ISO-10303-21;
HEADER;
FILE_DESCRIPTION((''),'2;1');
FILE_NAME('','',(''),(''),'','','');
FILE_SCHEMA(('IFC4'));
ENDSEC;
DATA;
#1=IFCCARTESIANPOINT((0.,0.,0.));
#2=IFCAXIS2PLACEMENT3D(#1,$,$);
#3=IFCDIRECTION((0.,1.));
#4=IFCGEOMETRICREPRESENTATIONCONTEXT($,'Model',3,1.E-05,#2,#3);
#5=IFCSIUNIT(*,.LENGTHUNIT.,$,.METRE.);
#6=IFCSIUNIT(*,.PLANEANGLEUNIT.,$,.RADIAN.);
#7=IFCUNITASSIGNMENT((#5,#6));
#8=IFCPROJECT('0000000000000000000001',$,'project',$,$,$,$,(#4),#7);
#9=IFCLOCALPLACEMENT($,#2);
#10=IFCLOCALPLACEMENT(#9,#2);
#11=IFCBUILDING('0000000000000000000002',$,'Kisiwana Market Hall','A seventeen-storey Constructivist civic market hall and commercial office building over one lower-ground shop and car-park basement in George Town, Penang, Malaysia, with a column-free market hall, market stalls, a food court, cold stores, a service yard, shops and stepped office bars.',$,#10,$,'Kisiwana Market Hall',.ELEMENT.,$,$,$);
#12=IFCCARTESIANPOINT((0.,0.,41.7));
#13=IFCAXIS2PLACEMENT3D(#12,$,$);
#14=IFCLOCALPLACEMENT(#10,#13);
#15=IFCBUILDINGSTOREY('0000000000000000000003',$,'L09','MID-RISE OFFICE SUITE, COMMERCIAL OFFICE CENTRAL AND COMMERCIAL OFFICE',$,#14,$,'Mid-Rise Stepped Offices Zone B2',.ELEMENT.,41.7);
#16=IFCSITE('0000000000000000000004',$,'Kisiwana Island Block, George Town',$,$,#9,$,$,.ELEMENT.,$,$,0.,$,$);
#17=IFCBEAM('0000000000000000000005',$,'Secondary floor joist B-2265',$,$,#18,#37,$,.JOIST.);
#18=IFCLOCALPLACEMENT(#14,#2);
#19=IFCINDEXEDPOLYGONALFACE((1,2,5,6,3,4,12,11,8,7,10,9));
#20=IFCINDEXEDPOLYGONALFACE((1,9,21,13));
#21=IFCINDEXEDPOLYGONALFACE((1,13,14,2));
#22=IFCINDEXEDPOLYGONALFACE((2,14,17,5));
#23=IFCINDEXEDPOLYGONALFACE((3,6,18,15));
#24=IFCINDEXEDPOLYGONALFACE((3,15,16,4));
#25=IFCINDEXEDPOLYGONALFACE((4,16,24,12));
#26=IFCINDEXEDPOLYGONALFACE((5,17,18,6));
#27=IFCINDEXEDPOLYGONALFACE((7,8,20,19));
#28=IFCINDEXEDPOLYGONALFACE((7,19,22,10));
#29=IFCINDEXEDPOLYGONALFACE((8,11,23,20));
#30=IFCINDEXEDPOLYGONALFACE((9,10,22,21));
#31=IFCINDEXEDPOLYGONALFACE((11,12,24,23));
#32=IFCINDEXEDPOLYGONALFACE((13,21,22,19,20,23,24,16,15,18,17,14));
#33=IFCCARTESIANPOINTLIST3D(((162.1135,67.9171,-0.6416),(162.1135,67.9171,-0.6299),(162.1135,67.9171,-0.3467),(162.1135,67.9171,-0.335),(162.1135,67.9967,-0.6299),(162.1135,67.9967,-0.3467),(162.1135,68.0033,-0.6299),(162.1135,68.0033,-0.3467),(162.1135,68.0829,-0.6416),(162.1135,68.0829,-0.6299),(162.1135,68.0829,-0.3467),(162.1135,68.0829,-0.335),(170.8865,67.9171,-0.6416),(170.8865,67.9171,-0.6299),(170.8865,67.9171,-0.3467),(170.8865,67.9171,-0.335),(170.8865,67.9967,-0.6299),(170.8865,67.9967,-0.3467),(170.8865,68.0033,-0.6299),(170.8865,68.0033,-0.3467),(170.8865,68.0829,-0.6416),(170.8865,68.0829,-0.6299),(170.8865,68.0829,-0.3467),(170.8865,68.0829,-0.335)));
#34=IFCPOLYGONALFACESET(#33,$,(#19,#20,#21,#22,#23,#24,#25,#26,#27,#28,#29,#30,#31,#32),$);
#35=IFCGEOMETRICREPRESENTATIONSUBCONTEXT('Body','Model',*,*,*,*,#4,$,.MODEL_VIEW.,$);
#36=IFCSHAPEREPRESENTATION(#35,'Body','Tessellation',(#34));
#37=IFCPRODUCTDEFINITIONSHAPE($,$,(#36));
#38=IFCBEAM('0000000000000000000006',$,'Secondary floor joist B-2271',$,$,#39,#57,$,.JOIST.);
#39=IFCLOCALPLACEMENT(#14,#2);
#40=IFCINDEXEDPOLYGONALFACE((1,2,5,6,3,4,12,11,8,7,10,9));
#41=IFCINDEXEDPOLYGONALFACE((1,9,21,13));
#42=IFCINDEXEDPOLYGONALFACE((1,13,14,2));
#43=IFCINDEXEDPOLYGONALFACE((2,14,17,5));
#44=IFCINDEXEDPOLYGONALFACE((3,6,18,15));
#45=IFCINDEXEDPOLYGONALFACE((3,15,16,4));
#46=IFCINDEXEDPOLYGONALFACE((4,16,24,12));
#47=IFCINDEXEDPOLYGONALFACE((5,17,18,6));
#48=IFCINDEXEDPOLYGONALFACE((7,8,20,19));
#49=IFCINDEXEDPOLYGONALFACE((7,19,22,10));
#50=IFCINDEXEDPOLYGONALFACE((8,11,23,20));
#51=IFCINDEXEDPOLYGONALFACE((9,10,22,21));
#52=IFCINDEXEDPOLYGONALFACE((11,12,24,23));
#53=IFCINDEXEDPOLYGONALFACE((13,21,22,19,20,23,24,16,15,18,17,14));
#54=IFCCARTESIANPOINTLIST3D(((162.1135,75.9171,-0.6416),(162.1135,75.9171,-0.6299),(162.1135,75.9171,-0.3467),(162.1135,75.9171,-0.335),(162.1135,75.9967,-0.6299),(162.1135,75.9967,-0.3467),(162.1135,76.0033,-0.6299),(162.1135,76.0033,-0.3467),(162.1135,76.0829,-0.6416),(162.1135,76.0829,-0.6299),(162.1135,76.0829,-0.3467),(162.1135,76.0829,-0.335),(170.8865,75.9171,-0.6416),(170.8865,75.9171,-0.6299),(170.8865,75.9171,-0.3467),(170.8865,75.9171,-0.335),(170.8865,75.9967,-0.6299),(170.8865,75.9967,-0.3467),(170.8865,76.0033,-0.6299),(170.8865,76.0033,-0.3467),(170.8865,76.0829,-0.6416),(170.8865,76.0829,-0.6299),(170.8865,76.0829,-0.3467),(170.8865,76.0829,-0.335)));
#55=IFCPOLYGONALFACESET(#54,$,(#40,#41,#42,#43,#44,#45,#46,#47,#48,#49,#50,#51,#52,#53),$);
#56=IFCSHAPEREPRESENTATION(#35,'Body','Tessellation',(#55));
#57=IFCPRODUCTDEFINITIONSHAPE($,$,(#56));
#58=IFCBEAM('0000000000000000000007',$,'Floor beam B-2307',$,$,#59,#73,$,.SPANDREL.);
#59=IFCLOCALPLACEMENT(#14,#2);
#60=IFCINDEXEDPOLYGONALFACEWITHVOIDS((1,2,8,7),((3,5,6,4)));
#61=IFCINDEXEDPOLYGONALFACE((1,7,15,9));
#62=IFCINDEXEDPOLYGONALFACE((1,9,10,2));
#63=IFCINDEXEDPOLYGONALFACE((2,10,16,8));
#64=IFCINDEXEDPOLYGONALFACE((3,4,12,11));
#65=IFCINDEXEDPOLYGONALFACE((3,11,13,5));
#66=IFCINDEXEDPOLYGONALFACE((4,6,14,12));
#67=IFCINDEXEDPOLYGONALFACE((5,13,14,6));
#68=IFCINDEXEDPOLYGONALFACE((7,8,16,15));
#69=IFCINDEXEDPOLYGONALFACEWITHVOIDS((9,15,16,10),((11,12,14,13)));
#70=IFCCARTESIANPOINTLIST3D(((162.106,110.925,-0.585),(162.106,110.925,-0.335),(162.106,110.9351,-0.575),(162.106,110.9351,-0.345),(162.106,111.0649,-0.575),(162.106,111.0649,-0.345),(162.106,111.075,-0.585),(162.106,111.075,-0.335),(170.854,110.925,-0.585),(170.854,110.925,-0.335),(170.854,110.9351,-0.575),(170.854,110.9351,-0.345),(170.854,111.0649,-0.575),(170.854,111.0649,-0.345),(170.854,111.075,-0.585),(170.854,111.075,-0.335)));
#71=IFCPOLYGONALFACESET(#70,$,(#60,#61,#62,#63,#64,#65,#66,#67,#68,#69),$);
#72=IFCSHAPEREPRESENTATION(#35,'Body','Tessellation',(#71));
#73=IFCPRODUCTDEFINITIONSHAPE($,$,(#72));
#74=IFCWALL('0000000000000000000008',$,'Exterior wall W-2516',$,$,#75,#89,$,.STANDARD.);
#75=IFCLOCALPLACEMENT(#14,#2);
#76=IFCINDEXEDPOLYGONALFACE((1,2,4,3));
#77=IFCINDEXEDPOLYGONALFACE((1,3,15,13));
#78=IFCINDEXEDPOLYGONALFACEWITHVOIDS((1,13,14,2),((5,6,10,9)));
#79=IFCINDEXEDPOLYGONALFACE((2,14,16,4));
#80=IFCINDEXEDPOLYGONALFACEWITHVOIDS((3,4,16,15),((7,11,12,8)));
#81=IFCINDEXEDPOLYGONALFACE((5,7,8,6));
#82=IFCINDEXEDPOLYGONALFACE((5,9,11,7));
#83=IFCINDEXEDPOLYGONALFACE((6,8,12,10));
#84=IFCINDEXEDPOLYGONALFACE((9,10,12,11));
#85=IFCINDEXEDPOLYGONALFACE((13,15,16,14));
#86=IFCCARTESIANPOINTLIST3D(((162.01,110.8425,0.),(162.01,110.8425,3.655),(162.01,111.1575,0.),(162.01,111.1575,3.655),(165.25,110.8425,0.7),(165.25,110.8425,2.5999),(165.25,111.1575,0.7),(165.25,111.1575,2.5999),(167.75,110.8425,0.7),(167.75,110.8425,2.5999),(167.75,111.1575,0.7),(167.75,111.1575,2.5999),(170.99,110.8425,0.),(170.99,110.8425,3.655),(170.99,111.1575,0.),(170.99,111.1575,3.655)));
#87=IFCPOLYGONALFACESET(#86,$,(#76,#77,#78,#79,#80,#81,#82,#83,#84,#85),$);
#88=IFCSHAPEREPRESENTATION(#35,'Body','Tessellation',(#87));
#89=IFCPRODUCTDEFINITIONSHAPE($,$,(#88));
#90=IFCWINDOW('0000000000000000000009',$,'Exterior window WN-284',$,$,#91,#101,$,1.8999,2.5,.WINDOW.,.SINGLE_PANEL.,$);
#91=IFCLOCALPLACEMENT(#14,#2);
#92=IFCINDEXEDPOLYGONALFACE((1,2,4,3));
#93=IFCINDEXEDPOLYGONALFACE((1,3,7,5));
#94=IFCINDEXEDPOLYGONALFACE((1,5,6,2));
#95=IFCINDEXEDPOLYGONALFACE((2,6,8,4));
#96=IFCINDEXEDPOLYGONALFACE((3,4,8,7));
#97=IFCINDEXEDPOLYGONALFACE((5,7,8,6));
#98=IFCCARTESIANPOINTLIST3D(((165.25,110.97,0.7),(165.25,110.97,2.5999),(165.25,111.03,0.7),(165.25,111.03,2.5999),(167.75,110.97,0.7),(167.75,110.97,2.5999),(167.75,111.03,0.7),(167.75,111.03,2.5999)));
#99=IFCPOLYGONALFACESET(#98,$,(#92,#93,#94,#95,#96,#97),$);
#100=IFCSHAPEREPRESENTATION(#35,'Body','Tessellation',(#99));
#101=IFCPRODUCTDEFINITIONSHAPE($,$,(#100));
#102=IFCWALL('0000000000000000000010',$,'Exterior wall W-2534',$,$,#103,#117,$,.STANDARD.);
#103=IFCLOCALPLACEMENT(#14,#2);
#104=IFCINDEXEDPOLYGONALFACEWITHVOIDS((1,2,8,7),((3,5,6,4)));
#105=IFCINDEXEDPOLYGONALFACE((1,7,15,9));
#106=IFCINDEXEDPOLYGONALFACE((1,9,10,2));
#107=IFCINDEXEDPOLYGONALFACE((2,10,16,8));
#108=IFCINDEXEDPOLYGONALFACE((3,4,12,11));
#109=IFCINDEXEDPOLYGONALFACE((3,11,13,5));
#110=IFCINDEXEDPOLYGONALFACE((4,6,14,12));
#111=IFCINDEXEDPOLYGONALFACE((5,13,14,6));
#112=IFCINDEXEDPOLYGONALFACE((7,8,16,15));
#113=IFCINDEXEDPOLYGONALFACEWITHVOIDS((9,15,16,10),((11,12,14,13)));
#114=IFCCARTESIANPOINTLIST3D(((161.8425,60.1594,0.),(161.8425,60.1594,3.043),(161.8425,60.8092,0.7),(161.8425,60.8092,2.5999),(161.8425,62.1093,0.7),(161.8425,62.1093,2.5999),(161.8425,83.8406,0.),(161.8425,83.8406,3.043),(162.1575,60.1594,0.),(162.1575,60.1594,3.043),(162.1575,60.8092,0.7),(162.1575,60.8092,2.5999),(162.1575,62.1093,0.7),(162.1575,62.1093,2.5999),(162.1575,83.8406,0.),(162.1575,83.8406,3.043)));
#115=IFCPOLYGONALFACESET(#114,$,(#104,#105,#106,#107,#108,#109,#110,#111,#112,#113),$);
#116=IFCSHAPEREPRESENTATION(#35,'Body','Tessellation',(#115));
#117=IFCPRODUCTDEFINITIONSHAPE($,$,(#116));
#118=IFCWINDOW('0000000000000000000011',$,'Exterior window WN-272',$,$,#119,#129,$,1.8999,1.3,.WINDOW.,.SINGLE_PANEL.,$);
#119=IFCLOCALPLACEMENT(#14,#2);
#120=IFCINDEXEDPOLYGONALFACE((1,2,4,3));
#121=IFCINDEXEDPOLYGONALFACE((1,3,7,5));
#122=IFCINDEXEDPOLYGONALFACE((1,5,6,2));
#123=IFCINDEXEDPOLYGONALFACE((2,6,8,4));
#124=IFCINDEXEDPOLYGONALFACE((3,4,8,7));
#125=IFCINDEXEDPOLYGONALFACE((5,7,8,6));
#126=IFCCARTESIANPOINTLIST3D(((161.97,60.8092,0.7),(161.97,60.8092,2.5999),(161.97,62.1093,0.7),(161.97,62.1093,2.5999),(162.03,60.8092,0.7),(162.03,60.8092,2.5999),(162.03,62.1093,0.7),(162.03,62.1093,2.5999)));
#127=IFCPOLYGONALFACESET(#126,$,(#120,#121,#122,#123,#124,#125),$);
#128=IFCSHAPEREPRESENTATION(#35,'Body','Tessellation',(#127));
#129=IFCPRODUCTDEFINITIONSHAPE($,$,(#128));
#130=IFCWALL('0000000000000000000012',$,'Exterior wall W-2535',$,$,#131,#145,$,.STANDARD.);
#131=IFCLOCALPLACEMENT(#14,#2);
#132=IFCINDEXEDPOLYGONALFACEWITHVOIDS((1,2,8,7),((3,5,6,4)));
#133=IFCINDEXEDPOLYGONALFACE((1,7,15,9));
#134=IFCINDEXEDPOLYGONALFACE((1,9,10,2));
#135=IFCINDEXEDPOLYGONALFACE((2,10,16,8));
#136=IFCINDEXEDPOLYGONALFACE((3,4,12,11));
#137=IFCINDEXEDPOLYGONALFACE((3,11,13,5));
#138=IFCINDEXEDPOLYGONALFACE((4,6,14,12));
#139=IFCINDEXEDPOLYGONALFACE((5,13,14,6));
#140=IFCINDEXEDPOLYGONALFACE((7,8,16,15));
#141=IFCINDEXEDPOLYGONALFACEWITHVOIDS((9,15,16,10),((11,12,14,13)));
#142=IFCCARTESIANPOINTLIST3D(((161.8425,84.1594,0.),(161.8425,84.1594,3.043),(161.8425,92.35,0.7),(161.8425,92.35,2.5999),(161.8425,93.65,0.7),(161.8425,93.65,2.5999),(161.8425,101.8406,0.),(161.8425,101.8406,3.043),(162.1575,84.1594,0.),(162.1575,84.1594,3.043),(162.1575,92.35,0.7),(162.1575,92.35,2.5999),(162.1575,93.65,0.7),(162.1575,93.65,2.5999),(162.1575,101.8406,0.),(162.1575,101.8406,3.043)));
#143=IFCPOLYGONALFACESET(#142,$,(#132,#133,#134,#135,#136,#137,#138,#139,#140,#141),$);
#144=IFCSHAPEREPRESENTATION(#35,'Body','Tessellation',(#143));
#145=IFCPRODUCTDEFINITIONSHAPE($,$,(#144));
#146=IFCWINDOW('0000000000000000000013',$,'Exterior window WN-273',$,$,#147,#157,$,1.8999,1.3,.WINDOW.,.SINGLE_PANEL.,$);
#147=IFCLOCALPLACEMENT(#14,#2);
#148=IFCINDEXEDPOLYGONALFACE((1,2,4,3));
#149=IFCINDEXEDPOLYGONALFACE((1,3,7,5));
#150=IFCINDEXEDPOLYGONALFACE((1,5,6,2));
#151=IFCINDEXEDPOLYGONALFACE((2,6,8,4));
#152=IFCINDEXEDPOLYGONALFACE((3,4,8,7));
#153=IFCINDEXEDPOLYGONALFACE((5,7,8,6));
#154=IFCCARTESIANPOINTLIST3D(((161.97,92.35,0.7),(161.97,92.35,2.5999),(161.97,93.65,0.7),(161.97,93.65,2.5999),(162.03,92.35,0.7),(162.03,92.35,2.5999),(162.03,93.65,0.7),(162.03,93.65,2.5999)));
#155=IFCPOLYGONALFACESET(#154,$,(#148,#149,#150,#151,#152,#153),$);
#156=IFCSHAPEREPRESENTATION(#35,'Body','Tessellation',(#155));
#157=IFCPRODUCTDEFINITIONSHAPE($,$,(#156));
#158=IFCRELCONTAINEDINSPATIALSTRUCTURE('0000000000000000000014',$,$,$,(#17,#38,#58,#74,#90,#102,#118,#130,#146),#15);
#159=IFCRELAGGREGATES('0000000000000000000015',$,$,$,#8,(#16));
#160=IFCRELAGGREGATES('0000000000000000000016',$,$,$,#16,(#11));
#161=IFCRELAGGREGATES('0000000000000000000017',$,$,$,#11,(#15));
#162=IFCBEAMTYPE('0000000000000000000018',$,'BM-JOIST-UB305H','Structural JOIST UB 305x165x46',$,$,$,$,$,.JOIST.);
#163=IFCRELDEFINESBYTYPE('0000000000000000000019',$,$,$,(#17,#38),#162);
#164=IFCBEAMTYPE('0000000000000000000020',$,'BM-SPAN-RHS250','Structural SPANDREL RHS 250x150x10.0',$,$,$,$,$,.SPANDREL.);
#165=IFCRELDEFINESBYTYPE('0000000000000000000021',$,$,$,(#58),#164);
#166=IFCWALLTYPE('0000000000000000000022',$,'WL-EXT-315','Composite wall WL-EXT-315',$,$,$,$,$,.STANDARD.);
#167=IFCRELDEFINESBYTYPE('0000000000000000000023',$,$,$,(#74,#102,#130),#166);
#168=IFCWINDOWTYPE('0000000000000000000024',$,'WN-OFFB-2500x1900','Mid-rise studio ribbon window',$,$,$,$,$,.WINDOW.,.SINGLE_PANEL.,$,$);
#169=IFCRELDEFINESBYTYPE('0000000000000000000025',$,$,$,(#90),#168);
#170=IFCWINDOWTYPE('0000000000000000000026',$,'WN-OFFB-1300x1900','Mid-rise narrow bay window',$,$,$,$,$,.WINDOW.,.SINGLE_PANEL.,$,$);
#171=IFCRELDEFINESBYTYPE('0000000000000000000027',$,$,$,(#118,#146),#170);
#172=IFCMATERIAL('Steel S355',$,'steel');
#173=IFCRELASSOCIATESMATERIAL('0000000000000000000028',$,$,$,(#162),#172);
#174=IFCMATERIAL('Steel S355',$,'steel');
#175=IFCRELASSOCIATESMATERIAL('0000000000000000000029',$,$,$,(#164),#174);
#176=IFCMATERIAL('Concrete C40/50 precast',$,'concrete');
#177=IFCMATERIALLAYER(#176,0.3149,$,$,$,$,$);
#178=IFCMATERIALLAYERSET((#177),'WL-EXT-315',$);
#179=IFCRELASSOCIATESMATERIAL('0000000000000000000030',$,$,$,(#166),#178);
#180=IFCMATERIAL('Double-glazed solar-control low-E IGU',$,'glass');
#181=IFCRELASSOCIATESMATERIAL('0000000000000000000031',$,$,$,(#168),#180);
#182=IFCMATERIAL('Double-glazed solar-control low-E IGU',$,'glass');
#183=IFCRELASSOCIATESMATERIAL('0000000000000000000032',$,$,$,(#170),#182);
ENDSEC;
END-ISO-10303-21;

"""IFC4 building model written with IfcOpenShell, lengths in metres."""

from ifc_helpers import new_model, si_unit, direction, frame, frame_2d, origin, origin_2d, place, context, subcontext, project, spatial, rectangle, hollow_rectangle, i_section, extrude, material, layer, layer_set, material_profile, profile_set, type_object, element, fill, save


model = new_model("IFC4")

# Units and contexts
model_context = context("Model", 3, precision=1e-05, world=origin(), true_north=direction((0.0, 1.0)))
body_context = subcontext(model_context, "Body", "Model", "MODEL_VIEW")
ifc_project = project(units=[si_unit("LENGTHUNIT", "METRE"), si_unit("PLANEANGLEUNIT", "RADIAN")], contexts=[model_context])

# Site, building, storey
site_placement = place(None, origin())
site = spatial("IfcSite", under=ifc_project, at=site_placement, Name="Kisiwana Island Block, George Town", CompositionType="ELEMENT", RefElevation=0.0)
building_placement = place(site_placement, origin())
building = spatial("IfcBuilding", under=site, at=building_placement, Name="Kisiwana Market Hall", Description="A seventeen-storey Constructivist civic market hall and commercial office building over one lower-ground shop and car-park basement in George Town, Penang, Malaysia, with a column-free market hall, market stalls, a food court, cold stores, a service yard, shops and stepped office bars.", LongName="Kisiwana Market Hall", CompositionType="ELEMENT")
storey_placement = place(building_placement, frame((0.0, 0.0, 41.7)))
storey = spatial("IfcBuildingStorey", under=building, at=storey_placement, Name="L09", Description="MID-RISE OFFICE SUITE, COMMERCIAL OFFICE CENTRAL AND COMMERCIAL OFFICE", LongName="Mid-Rise Stepped Offices Zone B2", CompositionType="ELEMENT", Elevation=41.7)

# Beams
ifc_material_1 = material(Name="Steel S355", Category="steel")
ifc_material_profile_1 = material_profile(ifc_material_1, i_section(OverallWidth=0.1658, OverallDepth=0.3066, WebThickness=0.0066, FlangeThickness=0.0117, at=origin_2d()), Name="UB 305x165x46")
ifc_profile_set_1 = profile_set([ifc_material_profile_1], Name="Steel S355")
beam_type_1 = type_object("IfcBeamType", Name="BM-JOIST-UB305H", Description="Structural JOIST UB 305x165x46", PredefinedType="JOIST", material=ifc_profile_set_1)
for number, where, z_axis, x_axis, name in (
    (1, (162.1135, 68.0, -0.4883), (1.0, 0.0, 0.0), (0.0, 1.0, 0.0), "Secondary floor joist B-2265"),
    (2, (162.1135, 76.0, -0.4883), (1.0, 0.0, 0.0), (0.0, 1.0, 0.0), "Secondary floor joist B-2271"),
):
    element("IfcBeam", number, at=place(storey_placement, frame(where, z_axis=z_axis, x_axis=x_axis)), inside=storey, type_object=beam_type_1, Name=name, PredefinedType="JOIST", context=body_context, shape_type="SweptSolid", body=[
        extrude(i_section(OverallWidth=0.1658, OverallDepth=0.3066, WebThickness=0.0066, FlangeThickness=0.0117, at=origin_2d()), origin(), (0.0, 0.0, 1.0), 8.7729),
    ])
ifc_material_2 = material(Name="Steel S355", Category="steel")
ifc_material_profile_2 = material_profile(ifc_material_2, hollow_rectangle(XDim=0.1499, YDim=0.25, WallThickness=0.01, at=origin_2d()), Name="RHS 250x150x10.0")
ifc_profile_set_2 = profile_set([ifc_material_profile_2], Name="Steel S355")
beam_type_2 = type_object("IfcBeamType", Name="BM-SPAN-RHS250", Description="Structural SPANDREL RHS 250x150x10.0", PredefinedType="SPANDREL", material=ifc_profile_set_2)
beam_1_placement = place(storey_placement, frame((162.106, 111.0, -0.46), z_axis=(1.0, 0.0, 0.0), x_axis=(0.0, 1.0, 0.0)))
element("IfcBeam", 3, at=beam_1_placement, inside=storey, type_object=beam_type_2, Name="Floor beam B-2307", PredefinedType="SPANDREL", context=body_context, shape_type="SweptSolid", body=[
    extrude(hollow_rectangle(XDim=0.1499, YDim=0.25, WallThickness=0.01, at=origin_2d()), origin(), (0.0, 0.0, 1.0), 8.748),
])

# Walls, openings, windows
ifc_material_3 = material(Name="Concrete C40/50 precast", Category="concrete")
ifc_layer_1 = layer(ifc_material_3, 0.3149)
ifc_layer_set_1 = layer_set([ifc_layer_1], Name="WL-EXT-315")
wall_type_1 = type_object("IfcWallType", Name="WL-EXT-315", Description="Composite wall WL-EXT-315", PredefinedType="STANDARD", material=ifc_layer_set_1)
wall_1_placement = place(storey_placement, frame((162.01, 111.0, 0.0), z_axis=(0.0, 0.0, 1.0), x_axis=(1.0, 0.0, 0.0)))
wall_1 = element("IfcWall", 4, at=wall_1_placement, inside=storey, type_object=wall_type_1, Name="Exterior wall W-2516", PredefinedType="STANDARD", context=body_context, shape_type="SweptSolid", body=[
    extrude(rectangle(XDim=8.98, YDim=0.3149, at=frame_2d((4.49, 0.0))), origin(), (0.0, 0.0, 1.0), 3.655),
])
opening_1_placement = place(wall_1_placement, frame((3.24, 0.0, 0.7)))
opening_1 = element("IfcOpeningElement", 5, at=opening_1_placement, cuts=wall_1, PredefinedType="OPENING", context=body_context, shape_type="SweptSolid", body=[
    extrude(rectangle(XDim=2.5, YDim=1.8999, at=frame_2d((1.25, 0.95))), frame((0.0, 0.1694, 0.0), z_axis=(0.0, -1.0, 0.0), x_axis=(1.0, 0.0, 0.0)), (0.0, 0.0, 1.0), 0.3389),
])
ifc_material_4 = material(Name="Double-glazed solar-control low-E IGU", Category="glass")
window_type_1 = type_object("IfcWindowType", Name="WN-OFFB-2500x1900", Description="Mid-rise studio ribbon window", PartitioningType="SINGLE_PANEL", PredefinedType="WINDOW", material=ifc_material_4)
window_1_placement = place(opening_1_placement, origin())
window_1 = element("IfcWindow", 6, at=window_1_placement, inside=storey, type_object=window_type_1, Name="Exterior window WN-284", OverallHeight=1.8999, OverallWidth=2.5, PartitioningType="SINGLE_PANEL", PredefinedType="WINDOW", context=body_context, shape_type="SweptSolid", body=[
    extrude(rectangle(XDim=2.5, YDim=1.8999, at=frame_2d((1.25, 0.95))), frame((0.0, 0.03, 0.0), z_axis=(0.0, -1.0, 0.0), x_axis=(1.0, 0.0, 0.0)), (0.0, 0.0, 1.0), 0.0601),
])
fill(opening_1, window_1)
wall_2_placement = place(storey_placement, frame((162.0, 60.1594, 0.0), z_axis=(0.0, 0.0, 1.0), x_axis=(0.0, 1.0, 0.0)))
wall_2 = element("IfcWall", 7, at=wall_2_placement, inside=storey, type_object=wall_type_1, Name="Exterior wall W-2534", PredefinedType="STANDARD", context=body_context, shape_type="SweptSolid", body=[
    extrude(rectangle(XDim=23.6812, YDim=0.3149, at=frame_2d((11.8406, 0.0))), origin(), (0.0, 0.0, 1.0), 3.043),
])
opening_2_placement = place(wall_2_placement, frame((0.6499, 0.0, 0.7)))
opening_2 = element("IfcOpeningElement", 8, at=opening_2_placement, cuts=wall_2, PredefinedType="OPENING", context=body_context, shape_type="SweptSolid", body=[
    extrude(rectangle(XDim=1.3, YDim=1.8999, at=frame_2d((0.6499, 0.95))), frame((0.0, 0.1694, 0.0), z_axis=(0.0, -1.0, 0.0), x_axis=(1.0, 0.0, 0.0)), (0.0, 0.0, 1.0), 0.3389),
])
ifc_material_5 = material(Name="Double-glazed solar-control low-E IGU", Category="glass")
window_type_2 = type_object("IfcWindowType", Name="WN-OFFB-1300x1900", Description="Mid-rise narrow bay window", PartitioningType="SINGLE_PANEL", PredefinedType="WINDOW", material=ifc_material_5)
window_2_placement = place(opening_2_placement, origin())
window_2 = element("IfcWindow", 9, at=window_2_placement, inside=storey, type_object=window_type_2, Name="Exterior window WN-272", OverallHeight=1.8999, OverallWidth=1.3, PartitioningType="SINGLE_PANEL", PredefinedType="WINDOW", context=body_context, shape_type="SweptSolid", body=[
    extrude(rectangle(XDim=1.3, YDim=1.8999, at=frame_2d((0.6499, 0.95))), frame((0.0, 0.03, 0.0), z_axis=(0.0, -1.0, 0.0), x_axis=(1.0, 0.0, 0.0)), (0.0, 0.0, 1.0), 0.0601),
])
fill(opening_2, window_2)
wall_3_placement = place(storey_placement, frame((162.0, 84.1594, 0.0), z_axis=(0.0, 0.0, 1.0), x_axis=(0.0, 1.0, 0.0)))
wall_3 = element("IfcWall", 10, at=wall_3_placement, inside=storey, type_object=wall_type_1, Name="Exterior wall W-2535", PredefinedType="STANDARD", context=body_context, shape_type="SweptSolid", body=[
    extrude(rectangle(XDim=17.6812, YDim=0.3149, at=frame_2d((8.8406, 0.0))), origin(), (0.0, 0.0, 1.0), 3.043),
])
opening_3_placement = place(wall_3_placement, frame((8.1907, 0.0, 0.7)))
opening_3 = element("IfcOpeningElement", 11, at=opening_3_placement, cuts=wall_3, PredefinedType="OPENING", context=body_context, shape_type="SweptSolid", body=[
    extrude(rectangle(XDim=1.3, YDim=1.8999, at=frame_2d((0.6499, 0.95))), frame((0.0, 0.1694, 0.0), z_axis=(0.0, -1.0, 0.0), x_axis=(1.0, 0.0, 0.0)), (0.0, 0.0, 1.0), 0.3389),
])
window_3_placement = place(opening_3_placement, origin())
window_3 = element("IfcWindow", 12, at=window_3_placement, inside=storey, type_object=window_type_2, Name="Exterior window WN-273", OverallHeight=1.8999, OverallWidth=1.3, PartitioningType="SINGLE_PANEL", PredefinedType="WINDOW", context=body_context, shape_type="SweptSolid", body=[
    extrude(rectangle(XDim=1.3, YDim=1.8999, at=frame_2d((0.6499, 0.95))), frame((0.0, 0.03, 0.0), z_axis=(0.0, -1.0, 0.0), x_axis=(1.0, 0.0, 0.0)), (0.0, 0.0, 1.0), 0.0601),
])
fill(opening_3, window_3)

save(model, "model.ifc")
